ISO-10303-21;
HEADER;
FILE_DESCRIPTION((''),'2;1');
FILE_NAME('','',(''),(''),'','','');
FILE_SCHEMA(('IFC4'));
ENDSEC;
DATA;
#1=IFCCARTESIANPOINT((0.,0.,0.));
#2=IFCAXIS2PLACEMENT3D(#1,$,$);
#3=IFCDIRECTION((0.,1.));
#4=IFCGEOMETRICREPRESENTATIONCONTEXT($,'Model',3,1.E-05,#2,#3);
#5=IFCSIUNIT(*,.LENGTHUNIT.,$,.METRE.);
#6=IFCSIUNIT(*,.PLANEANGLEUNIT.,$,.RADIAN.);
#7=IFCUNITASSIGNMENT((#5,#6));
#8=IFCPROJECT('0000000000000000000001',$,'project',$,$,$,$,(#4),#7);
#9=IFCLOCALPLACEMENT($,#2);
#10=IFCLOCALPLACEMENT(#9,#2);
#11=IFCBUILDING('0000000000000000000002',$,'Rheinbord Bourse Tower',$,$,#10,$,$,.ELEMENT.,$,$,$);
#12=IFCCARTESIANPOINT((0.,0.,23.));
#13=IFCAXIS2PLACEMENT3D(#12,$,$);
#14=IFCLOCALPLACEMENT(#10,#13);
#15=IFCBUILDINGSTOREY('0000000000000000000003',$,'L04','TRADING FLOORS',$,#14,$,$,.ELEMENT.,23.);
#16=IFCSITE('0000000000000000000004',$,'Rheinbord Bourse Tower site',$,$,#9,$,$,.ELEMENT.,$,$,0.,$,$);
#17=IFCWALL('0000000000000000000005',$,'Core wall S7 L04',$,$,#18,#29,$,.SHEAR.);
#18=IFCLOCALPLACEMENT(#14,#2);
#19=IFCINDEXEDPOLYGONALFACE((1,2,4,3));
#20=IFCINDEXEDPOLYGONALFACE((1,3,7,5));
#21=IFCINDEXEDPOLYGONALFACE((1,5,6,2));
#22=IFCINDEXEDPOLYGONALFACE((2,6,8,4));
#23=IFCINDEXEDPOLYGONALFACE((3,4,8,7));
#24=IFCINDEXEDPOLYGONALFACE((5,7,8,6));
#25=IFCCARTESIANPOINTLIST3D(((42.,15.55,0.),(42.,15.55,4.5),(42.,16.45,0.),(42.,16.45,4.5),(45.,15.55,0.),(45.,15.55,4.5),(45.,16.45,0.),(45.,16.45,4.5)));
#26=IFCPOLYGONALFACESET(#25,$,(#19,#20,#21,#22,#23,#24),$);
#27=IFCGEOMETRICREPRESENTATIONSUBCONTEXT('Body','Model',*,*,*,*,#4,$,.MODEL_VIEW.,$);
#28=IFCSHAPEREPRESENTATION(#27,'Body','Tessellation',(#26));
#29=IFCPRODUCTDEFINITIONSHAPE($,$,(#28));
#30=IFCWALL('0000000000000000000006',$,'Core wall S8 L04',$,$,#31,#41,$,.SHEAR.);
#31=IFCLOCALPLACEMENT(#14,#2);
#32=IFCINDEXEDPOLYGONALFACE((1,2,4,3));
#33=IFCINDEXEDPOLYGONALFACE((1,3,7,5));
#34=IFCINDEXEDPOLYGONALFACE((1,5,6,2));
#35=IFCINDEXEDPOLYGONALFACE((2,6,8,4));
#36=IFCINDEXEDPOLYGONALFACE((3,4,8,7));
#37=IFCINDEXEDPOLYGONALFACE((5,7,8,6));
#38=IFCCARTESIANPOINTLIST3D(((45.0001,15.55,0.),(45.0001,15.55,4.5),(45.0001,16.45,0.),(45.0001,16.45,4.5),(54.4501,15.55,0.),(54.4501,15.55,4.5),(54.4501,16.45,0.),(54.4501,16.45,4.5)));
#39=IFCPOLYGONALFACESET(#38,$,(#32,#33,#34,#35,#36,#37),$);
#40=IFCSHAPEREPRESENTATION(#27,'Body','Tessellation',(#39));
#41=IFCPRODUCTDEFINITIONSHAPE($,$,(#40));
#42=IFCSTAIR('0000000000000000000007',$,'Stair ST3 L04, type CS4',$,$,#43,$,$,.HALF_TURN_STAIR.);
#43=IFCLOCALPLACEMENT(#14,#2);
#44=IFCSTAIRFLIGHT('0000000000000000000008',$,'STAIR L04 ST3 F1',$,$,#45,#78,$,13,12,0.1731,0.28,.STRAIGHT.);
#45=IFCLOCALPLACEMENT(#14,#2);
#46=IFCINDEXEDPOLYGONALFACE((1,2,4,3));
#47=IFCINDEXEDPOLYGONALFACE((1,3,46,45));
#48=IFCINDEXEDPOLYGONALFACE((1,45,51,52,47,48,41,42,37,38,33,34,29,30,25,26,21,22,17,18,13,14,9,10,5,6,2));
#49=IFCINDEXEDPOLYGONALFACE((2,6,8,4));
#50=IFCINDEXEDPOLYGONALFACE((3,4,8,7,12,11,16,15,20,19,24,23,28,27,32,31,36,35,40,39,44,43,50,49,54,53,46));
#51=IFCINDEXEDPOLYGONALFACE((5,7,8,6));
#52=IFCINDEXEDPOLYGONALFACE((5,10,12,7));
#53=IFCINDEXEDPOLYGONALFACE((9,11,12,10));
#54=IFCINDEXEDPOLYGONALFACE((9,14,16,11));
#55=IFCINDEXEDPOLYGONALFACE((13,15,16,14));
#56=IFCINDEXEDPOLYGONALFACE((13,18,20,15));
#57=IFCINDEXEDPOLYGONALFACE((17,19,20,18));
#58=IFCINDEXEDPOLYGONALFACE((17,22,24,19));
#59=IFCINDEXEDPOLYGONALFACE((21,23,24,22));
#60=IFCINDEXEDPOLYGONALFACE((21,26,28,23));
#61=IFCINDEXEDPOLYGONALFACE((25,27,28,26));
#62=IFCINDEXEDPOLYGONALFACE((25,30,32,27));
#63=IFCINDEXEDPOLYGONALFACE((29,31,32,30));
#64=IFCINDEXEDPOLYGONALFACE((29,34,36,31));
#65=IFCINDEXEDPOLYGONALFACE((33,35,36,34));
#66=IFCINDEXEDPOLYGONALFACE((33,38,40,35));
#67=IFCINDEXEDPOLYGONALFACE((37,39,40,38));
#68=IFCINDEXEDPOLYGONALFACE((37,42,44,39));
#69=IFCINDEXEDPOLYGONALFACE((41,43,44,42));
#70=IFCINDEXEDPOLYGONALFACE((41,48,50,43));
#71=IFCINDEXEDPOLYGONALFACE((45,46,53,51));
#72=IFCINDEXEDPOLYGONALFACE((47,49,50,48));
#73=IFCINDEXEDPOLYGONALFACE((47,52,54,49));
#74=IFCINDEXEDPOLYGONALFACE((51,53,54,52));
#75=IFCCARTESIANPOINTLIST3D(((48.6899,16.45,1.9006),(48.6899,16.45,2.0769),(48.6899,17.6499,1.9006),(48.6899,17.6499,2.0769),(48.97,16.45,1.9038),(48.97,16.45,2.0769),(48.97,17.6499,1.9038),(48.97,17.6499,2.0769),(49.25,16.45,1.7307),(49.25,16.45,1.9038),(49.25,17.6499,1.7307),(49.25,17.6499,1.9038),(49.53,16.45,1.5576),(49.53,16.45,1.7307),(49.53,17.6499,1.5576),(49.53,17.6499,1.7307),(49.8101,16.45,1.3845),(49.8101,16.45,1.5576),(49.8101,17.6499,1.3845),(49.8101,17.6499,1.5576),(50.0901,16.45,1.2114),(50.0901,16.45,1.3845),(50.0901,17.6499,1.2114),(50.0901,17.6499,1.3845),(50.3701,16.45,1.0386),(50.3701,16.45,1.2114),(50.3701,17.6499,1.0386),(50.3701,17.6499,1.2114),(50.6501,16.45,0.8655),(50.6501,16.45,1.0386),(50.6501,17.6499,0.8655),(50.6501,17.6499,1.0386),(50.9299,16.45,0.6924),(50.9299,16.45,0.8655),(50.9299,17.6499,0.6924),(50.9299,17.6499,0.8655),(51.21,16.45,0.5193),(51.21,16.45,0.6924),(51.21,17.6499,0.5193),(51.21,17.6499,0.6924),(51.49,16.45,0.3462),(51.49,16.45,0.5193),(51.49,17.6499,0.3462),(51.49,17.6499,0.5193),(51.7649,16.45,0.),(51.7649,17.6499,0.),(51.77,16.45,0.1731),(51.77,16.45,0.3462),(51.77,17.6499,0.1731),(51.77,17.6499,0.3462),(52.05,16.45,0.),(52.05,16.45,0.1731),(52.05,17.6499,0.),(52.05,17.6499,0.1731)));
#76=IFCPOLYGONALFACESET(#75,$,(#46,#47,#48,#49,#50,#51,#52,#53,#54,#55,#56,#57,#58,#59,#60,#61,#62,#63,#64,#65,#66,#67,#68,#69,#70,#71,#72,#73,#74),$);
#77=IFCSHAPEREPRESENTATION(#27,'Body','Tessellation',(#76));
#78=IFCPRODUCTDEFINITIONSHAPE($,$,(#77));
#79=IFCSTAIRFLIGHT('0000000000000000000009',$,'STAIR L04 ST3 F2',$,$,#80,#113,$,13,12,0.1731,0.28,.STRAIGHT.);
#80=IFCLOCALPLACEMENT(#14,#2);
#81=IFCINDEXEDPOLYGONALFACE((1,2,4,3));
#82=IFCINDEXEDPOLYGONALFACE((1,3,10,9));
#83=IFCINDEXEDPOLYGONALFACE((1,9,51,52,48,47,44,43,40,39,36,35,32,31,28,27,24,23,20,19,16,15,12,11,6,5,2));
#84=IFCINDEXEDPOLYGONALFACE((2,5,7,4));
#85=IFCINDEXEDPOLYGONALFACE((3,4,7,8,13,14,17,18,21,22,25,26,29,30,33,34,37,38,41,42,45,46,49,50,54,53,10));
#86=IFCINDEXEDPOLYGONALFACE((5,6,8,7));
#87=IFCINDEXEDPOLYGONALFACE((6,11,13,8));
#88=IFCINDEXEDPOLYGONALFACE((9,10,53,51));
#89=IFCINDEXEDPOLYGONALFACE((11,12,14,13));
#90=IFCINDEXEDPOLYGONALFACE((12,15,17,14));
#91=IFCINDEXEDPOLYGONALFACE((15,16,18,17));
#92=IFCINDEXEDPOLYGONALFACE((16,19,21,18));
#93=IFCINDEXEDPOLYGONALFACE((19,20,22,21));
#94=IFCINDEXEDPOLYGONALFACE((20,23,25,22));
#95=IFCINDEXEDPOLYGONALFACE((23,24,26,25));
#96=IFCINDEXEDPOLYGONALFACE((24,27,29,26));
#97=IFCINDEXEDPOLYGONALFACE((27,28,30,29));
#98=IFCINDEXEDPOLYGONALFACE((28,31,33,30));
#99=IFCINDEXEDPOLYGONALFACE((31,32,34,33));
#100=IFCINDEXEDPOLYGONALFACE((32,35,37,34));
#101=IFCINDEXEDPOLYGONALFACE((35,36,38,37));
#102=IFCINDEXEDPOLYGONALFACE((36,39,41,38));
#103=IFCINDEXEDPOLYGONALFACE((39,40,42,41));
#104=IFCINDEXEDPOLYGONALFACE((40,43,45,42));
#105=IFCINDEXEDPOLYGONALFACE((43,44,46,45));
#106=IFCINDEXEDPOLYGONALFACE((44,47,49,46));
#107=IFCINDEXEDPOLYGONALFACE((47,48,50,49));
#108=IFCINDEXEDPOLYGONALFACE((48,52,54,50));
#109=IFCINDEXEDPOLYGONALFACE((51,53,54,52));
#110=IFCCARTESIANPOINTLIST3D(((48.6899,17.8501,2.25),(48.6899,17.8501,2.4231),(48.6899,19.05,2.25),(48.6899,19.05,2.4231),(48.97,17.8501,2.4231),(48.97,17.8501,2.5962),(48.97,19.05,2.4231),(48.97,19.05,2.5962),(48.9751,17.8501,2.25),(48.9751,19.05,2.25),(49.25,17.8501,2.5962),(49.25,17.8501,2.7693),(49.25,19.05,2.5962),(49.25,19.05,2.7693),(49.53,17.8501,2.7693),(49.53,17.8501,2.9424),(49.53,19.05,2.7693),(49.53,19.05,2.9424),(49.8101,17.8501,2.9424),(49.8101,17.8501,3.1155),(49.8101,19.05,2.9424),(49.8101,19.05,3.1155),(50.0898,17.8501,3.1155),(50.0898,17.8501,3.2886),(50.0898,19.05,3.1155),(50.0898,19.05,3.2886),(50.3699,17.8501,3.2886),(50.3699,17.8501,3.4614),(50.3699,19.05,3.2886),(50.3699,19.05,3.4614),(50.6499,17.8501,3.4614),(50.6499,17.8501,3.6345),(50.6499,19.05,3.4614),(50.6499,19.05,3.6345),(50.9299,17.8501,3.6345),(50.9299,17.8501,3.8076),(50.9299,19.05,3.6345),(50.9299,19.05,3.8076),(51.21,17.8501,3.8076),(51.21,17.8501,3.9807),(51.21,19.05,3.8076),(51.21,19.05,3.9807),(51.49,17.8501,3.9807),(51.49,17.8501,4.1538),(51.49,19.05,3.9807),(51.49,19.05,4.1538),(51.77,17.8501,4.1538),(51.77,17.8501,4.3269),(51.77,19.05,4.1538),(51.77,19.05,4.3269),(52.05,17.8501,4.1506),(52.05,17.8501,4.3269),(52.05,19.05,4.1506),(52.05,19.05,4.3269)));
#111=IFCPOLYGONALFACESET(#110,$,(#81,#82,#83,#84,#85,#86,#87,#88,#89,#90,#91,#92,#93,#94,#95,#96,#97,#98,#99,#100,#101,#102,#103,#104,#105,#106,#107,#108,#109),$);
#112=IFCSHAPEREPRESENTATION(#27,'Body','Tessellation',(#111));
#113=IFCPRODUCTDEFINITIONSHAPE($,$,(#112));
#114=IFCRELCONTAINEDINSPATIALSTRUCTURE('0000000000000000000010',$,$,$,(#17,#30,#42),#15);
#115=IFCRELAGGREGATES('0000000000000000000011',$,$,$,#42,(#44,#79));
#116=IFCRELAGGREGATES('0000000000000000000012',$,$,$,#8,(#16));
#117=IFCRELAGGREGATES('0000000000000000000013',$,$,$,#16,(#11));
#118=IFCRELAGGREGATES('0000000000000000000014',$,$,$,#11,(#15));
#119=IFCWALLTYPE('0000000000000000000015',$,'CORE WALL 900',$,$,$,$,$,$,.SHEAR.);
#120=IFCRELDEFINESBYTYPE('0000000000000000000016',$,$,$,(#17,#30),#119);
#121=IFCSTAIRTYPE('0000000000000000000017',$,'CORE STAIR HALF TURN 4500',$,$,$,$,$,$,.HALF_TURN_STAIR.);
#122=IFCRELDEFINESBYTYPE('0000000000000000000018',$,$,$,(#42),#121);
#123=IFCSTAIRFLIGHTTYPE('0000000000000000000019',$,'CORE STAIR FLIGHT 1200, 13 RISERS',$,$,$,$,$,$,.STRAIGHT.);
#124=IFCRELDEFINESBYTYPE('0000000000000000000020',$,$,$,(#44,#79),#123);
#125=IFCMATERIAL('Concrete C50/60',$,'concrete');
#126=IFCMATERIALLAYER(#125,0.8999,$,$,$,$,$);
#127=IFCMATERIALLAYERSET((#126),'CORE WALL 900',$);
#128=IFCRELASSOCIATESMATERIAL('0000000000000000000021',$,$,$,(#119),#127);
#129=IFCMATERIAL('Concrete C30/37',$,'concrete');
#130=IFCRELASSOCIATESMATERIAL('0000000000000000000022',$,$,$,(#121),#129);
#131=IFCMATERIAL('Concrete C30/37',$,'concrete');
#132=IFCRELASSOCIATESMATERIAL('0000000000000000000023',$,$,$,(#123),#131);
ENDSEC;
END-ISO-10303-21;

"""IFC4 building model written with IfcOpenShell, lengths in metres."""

from ifc_helpers import new_model, si_unit, direction, frame, frame_2d, origin, place, context, subcontext, project, spatial, polyline, rectangle, outline, extrude, material, layer, layer_set, type_object, element, aggregate, save


model = new_model("IFC4")

# Units and contexts
model_context = context("Model", 3, precision=1e-05, world=origin(), true_north=direction((0.0, 1.0)))
body_context = subcontext(model_context, "Body", "Model", "MODEL_VIEW")
ifc_project = project(units=[si_unit("LENGTHUNIT", "METRE"), si_unit("PLANEANGLEUNIT", "RADIAN")], contexts=[model_context])

# Site, building, storey
site_placement = place(None, origin())
site = spatial("IfcSite", under=ifc_project, at=site_placement, Name="Rheinbord Bourse Tower site", CompositionType="ELEMENT", RefElevation=0.0)
building_placement = place(site_placement, origin())
building = spatial("IfcBuilding", under=site, at=building_placement, Name="Rheinbord Bourse Tower", CompositionType="ELEMENT")
storey_placement = place(building_placement, frame((0.0, 0.0, 23.0)))
storey = spatial("IfcBuildingStorey", under=building, at=storey_placement, Name="L04", Description="TRADING FLOORS", CompositionType="ELEMENT", Elevation=23.0)

# Walls
ifc_material_1 = material(Name="Concrete C50/60", Category="concrete")
ifc_layer_1 = layer(ifc_material_1, 0.8999)
ifc_layer_set_1 = layer_set([ifc_layer_1], Name="CORE WALL 900")
wall_type_1 = type_object("IfcWallType", Name="CORE WALL 900", PredefinedType="SHEAR", material=ifc_layer_set_1)
for number, where, z_axis, x_axis, name in (
    (1, (42.0, 16.0, 0.0), (0.0, 0.0, 1.0), (1.0, 0.0, 0.0), "Core wall S7 L04"),
):
    element("IfcWall", number, at=place(storey_placement, frame(where, z_axis=z_axis, x_axis=x_axis)), inside=storey, type_object=wall_type_1, Name=name, PredefinedType="SHEAR", context=body_context, shape_type="SweptSolid", body=[
        extrude(rectangle(XDim=3.0, YDim=0.8999, at=frame_2d((1.5, 0.0))), origin(), (0.0, 0.0, 1.0), 4.5),
    ])
wall_1_placement = place(storey_placement, frame((45.0, 16.0, 0.0), z_axis=(0.0, 0.0, 1.0), x_axis=(1.0, 0.0, 0.0)))
element("IfcWall", 2, at=wall_1_placement, inside=storey, type_object=wall_type_1, Name="Core wall S8 L04", PredefinedType="SHEAR", context=body_context, shape_type="SweptSolid", body=[
    extrude(rectangle(XDim=9.45, YDim=0.8999, at=frame_2d((4.7251, 0.0))), origin(), (0.0, 0.0, 1.0), 4.5),
])

# Stair, stair flights
ifc_material_2 = material(Name="Concrete C30/37", Category="concrete")
stair_type = type_object("IfcStairType", Name="CORE STAIR HALF TURN 4500", PredefinedType="HALF_TURN_STAIR", material=ifc_material_2)
stair_placement = place(storey_placement, origin())
stair = element("IfcStair", 3, at=stair_placement, inside=storey, type_object=stair_type, Name="Stair ST3 L04, type CS4", PredefinedType="HALF_TURN_STAIR")
ifc_material_3 = material(Name="Concrete C30/37", Category="concrete")
stair_flight_type = type_object("IfcStairFlightType", Name="CORE STAIR FLIGHT 1200, 13 RISERS", PredefinedType="STRAIGHT", material=ifc_material_3)
stair_flight_1_placement = place(storey_placement, frame((52.05, 17.05, 0.0), z_axis=(0.0, 0.0, 1.0), x_axis=(-1.0, 0.0, 0.0)))
stair_flight_1 = element("IfcStairFlight", 4, at=stair_flight_1_placement, type_object=stair_flight_type, Name="STAIR L04 ST3 F1", NumberOfRisers=13, NumberOfTreads=12, PredefinedType="STRAIGHT", RiserHeight=0.1731, TreadLength=0.28, context=body_context, shape_type="SweptSolid", body=[
    extrude(outline(polyline([(0.0, 0.0), (0.0, 0.1731), (0.28, 0.1731), (0.28, 0.3462), (0.5601, 0.3462), (0.5601, 0.5193), (0.8401, 0.5193), (0.8401, 0.6924), (1.1201, 0.6924), (1.1201, 0.8655), (1.3999, 0.8655), (1.3999, 1.0386), (1.6799, 1.0386), (1.6799, 1.2114), (1.96, 1.2114), (1.96, 1.3845), (2.24, 1.3845), (2.24, 1.5576), (2.52, 1.5576), (2.52, 1.7307), (2.8, 1.7307), (2.8, 1.9038), (3.0801, 1.9038), (3.0801, 2.0769), (3.3601, 2.0769), (3.3601, 2.25), (3.3601, 1.9006), (0.2852, 0.0), (0.0, 0.0)])), frame((0.0, 0.6001, 0.0), z_axis=(0.0, -1.0, 0.0), x_axis=(1.0, 0.0, 0.0)), (0.0, 0.0, 1.0), 1.2),
])
stair_flight_2_placement = place(storey_placement, frame((48.6899, 18.45, 2.25), z_axis=(0.0, 0.0, 1.0), x_axis=(1.0, 0.0, 0.0)))
stair_flight_2 = element("IfcStairFlight", 5, at=stair_flight_2_placement, type_object=stair_flight_type, Name="STAIR L04 ST3 F2", NumberOfRisers=13, NumberOfTreads=12, PredefinedType="STRAIGHT", RiserHeight=0.1731, TreadLength=0.28, context=body_context, shape_type="SweptSolid", body=[
    extrude(outline(polyline([(0.0, 0.0), (0.0, 0.1731), (0.28, 0.1731), (0.28, 0.3462), (0.5601, 0.3462), (0.5601, 0.5193), (0.8401, 0.5193), (0.8401, 0.6924), (1.1201, 0.6924), (1.1201, 0.8655), (1.3999, 0.8655), (1.3999, 1.0386), (1.6799, 1.0386), (1.6799, 1.2114), (1.96, 1.2114), (1.96, 1.3845), (2.24, 1.3845), (2.24, 1.5576), (2.52, 1.5576), (2.52, 1.7307), (2.8, 1.7307), (2.8, 1.9038), (3.0801, 1.9038), (3.0801, 2.0769), (3.3601, 2.0769), (3.3601, 2.25), (3.3601, 1.9006), (0.2852, 0.0), (0.0, 0.0)])), frame((0.0, 0.6001, 0.0), z_axis=(0.0, -1.0, 0.0), x_axis=(1.0, 0.0, 0.0)), (0.0, 0.0, 1.0), 1.2),
])
aggregate(stair, [stair_flight_1, stair_flight_2])

save(model, "model.ifc")
